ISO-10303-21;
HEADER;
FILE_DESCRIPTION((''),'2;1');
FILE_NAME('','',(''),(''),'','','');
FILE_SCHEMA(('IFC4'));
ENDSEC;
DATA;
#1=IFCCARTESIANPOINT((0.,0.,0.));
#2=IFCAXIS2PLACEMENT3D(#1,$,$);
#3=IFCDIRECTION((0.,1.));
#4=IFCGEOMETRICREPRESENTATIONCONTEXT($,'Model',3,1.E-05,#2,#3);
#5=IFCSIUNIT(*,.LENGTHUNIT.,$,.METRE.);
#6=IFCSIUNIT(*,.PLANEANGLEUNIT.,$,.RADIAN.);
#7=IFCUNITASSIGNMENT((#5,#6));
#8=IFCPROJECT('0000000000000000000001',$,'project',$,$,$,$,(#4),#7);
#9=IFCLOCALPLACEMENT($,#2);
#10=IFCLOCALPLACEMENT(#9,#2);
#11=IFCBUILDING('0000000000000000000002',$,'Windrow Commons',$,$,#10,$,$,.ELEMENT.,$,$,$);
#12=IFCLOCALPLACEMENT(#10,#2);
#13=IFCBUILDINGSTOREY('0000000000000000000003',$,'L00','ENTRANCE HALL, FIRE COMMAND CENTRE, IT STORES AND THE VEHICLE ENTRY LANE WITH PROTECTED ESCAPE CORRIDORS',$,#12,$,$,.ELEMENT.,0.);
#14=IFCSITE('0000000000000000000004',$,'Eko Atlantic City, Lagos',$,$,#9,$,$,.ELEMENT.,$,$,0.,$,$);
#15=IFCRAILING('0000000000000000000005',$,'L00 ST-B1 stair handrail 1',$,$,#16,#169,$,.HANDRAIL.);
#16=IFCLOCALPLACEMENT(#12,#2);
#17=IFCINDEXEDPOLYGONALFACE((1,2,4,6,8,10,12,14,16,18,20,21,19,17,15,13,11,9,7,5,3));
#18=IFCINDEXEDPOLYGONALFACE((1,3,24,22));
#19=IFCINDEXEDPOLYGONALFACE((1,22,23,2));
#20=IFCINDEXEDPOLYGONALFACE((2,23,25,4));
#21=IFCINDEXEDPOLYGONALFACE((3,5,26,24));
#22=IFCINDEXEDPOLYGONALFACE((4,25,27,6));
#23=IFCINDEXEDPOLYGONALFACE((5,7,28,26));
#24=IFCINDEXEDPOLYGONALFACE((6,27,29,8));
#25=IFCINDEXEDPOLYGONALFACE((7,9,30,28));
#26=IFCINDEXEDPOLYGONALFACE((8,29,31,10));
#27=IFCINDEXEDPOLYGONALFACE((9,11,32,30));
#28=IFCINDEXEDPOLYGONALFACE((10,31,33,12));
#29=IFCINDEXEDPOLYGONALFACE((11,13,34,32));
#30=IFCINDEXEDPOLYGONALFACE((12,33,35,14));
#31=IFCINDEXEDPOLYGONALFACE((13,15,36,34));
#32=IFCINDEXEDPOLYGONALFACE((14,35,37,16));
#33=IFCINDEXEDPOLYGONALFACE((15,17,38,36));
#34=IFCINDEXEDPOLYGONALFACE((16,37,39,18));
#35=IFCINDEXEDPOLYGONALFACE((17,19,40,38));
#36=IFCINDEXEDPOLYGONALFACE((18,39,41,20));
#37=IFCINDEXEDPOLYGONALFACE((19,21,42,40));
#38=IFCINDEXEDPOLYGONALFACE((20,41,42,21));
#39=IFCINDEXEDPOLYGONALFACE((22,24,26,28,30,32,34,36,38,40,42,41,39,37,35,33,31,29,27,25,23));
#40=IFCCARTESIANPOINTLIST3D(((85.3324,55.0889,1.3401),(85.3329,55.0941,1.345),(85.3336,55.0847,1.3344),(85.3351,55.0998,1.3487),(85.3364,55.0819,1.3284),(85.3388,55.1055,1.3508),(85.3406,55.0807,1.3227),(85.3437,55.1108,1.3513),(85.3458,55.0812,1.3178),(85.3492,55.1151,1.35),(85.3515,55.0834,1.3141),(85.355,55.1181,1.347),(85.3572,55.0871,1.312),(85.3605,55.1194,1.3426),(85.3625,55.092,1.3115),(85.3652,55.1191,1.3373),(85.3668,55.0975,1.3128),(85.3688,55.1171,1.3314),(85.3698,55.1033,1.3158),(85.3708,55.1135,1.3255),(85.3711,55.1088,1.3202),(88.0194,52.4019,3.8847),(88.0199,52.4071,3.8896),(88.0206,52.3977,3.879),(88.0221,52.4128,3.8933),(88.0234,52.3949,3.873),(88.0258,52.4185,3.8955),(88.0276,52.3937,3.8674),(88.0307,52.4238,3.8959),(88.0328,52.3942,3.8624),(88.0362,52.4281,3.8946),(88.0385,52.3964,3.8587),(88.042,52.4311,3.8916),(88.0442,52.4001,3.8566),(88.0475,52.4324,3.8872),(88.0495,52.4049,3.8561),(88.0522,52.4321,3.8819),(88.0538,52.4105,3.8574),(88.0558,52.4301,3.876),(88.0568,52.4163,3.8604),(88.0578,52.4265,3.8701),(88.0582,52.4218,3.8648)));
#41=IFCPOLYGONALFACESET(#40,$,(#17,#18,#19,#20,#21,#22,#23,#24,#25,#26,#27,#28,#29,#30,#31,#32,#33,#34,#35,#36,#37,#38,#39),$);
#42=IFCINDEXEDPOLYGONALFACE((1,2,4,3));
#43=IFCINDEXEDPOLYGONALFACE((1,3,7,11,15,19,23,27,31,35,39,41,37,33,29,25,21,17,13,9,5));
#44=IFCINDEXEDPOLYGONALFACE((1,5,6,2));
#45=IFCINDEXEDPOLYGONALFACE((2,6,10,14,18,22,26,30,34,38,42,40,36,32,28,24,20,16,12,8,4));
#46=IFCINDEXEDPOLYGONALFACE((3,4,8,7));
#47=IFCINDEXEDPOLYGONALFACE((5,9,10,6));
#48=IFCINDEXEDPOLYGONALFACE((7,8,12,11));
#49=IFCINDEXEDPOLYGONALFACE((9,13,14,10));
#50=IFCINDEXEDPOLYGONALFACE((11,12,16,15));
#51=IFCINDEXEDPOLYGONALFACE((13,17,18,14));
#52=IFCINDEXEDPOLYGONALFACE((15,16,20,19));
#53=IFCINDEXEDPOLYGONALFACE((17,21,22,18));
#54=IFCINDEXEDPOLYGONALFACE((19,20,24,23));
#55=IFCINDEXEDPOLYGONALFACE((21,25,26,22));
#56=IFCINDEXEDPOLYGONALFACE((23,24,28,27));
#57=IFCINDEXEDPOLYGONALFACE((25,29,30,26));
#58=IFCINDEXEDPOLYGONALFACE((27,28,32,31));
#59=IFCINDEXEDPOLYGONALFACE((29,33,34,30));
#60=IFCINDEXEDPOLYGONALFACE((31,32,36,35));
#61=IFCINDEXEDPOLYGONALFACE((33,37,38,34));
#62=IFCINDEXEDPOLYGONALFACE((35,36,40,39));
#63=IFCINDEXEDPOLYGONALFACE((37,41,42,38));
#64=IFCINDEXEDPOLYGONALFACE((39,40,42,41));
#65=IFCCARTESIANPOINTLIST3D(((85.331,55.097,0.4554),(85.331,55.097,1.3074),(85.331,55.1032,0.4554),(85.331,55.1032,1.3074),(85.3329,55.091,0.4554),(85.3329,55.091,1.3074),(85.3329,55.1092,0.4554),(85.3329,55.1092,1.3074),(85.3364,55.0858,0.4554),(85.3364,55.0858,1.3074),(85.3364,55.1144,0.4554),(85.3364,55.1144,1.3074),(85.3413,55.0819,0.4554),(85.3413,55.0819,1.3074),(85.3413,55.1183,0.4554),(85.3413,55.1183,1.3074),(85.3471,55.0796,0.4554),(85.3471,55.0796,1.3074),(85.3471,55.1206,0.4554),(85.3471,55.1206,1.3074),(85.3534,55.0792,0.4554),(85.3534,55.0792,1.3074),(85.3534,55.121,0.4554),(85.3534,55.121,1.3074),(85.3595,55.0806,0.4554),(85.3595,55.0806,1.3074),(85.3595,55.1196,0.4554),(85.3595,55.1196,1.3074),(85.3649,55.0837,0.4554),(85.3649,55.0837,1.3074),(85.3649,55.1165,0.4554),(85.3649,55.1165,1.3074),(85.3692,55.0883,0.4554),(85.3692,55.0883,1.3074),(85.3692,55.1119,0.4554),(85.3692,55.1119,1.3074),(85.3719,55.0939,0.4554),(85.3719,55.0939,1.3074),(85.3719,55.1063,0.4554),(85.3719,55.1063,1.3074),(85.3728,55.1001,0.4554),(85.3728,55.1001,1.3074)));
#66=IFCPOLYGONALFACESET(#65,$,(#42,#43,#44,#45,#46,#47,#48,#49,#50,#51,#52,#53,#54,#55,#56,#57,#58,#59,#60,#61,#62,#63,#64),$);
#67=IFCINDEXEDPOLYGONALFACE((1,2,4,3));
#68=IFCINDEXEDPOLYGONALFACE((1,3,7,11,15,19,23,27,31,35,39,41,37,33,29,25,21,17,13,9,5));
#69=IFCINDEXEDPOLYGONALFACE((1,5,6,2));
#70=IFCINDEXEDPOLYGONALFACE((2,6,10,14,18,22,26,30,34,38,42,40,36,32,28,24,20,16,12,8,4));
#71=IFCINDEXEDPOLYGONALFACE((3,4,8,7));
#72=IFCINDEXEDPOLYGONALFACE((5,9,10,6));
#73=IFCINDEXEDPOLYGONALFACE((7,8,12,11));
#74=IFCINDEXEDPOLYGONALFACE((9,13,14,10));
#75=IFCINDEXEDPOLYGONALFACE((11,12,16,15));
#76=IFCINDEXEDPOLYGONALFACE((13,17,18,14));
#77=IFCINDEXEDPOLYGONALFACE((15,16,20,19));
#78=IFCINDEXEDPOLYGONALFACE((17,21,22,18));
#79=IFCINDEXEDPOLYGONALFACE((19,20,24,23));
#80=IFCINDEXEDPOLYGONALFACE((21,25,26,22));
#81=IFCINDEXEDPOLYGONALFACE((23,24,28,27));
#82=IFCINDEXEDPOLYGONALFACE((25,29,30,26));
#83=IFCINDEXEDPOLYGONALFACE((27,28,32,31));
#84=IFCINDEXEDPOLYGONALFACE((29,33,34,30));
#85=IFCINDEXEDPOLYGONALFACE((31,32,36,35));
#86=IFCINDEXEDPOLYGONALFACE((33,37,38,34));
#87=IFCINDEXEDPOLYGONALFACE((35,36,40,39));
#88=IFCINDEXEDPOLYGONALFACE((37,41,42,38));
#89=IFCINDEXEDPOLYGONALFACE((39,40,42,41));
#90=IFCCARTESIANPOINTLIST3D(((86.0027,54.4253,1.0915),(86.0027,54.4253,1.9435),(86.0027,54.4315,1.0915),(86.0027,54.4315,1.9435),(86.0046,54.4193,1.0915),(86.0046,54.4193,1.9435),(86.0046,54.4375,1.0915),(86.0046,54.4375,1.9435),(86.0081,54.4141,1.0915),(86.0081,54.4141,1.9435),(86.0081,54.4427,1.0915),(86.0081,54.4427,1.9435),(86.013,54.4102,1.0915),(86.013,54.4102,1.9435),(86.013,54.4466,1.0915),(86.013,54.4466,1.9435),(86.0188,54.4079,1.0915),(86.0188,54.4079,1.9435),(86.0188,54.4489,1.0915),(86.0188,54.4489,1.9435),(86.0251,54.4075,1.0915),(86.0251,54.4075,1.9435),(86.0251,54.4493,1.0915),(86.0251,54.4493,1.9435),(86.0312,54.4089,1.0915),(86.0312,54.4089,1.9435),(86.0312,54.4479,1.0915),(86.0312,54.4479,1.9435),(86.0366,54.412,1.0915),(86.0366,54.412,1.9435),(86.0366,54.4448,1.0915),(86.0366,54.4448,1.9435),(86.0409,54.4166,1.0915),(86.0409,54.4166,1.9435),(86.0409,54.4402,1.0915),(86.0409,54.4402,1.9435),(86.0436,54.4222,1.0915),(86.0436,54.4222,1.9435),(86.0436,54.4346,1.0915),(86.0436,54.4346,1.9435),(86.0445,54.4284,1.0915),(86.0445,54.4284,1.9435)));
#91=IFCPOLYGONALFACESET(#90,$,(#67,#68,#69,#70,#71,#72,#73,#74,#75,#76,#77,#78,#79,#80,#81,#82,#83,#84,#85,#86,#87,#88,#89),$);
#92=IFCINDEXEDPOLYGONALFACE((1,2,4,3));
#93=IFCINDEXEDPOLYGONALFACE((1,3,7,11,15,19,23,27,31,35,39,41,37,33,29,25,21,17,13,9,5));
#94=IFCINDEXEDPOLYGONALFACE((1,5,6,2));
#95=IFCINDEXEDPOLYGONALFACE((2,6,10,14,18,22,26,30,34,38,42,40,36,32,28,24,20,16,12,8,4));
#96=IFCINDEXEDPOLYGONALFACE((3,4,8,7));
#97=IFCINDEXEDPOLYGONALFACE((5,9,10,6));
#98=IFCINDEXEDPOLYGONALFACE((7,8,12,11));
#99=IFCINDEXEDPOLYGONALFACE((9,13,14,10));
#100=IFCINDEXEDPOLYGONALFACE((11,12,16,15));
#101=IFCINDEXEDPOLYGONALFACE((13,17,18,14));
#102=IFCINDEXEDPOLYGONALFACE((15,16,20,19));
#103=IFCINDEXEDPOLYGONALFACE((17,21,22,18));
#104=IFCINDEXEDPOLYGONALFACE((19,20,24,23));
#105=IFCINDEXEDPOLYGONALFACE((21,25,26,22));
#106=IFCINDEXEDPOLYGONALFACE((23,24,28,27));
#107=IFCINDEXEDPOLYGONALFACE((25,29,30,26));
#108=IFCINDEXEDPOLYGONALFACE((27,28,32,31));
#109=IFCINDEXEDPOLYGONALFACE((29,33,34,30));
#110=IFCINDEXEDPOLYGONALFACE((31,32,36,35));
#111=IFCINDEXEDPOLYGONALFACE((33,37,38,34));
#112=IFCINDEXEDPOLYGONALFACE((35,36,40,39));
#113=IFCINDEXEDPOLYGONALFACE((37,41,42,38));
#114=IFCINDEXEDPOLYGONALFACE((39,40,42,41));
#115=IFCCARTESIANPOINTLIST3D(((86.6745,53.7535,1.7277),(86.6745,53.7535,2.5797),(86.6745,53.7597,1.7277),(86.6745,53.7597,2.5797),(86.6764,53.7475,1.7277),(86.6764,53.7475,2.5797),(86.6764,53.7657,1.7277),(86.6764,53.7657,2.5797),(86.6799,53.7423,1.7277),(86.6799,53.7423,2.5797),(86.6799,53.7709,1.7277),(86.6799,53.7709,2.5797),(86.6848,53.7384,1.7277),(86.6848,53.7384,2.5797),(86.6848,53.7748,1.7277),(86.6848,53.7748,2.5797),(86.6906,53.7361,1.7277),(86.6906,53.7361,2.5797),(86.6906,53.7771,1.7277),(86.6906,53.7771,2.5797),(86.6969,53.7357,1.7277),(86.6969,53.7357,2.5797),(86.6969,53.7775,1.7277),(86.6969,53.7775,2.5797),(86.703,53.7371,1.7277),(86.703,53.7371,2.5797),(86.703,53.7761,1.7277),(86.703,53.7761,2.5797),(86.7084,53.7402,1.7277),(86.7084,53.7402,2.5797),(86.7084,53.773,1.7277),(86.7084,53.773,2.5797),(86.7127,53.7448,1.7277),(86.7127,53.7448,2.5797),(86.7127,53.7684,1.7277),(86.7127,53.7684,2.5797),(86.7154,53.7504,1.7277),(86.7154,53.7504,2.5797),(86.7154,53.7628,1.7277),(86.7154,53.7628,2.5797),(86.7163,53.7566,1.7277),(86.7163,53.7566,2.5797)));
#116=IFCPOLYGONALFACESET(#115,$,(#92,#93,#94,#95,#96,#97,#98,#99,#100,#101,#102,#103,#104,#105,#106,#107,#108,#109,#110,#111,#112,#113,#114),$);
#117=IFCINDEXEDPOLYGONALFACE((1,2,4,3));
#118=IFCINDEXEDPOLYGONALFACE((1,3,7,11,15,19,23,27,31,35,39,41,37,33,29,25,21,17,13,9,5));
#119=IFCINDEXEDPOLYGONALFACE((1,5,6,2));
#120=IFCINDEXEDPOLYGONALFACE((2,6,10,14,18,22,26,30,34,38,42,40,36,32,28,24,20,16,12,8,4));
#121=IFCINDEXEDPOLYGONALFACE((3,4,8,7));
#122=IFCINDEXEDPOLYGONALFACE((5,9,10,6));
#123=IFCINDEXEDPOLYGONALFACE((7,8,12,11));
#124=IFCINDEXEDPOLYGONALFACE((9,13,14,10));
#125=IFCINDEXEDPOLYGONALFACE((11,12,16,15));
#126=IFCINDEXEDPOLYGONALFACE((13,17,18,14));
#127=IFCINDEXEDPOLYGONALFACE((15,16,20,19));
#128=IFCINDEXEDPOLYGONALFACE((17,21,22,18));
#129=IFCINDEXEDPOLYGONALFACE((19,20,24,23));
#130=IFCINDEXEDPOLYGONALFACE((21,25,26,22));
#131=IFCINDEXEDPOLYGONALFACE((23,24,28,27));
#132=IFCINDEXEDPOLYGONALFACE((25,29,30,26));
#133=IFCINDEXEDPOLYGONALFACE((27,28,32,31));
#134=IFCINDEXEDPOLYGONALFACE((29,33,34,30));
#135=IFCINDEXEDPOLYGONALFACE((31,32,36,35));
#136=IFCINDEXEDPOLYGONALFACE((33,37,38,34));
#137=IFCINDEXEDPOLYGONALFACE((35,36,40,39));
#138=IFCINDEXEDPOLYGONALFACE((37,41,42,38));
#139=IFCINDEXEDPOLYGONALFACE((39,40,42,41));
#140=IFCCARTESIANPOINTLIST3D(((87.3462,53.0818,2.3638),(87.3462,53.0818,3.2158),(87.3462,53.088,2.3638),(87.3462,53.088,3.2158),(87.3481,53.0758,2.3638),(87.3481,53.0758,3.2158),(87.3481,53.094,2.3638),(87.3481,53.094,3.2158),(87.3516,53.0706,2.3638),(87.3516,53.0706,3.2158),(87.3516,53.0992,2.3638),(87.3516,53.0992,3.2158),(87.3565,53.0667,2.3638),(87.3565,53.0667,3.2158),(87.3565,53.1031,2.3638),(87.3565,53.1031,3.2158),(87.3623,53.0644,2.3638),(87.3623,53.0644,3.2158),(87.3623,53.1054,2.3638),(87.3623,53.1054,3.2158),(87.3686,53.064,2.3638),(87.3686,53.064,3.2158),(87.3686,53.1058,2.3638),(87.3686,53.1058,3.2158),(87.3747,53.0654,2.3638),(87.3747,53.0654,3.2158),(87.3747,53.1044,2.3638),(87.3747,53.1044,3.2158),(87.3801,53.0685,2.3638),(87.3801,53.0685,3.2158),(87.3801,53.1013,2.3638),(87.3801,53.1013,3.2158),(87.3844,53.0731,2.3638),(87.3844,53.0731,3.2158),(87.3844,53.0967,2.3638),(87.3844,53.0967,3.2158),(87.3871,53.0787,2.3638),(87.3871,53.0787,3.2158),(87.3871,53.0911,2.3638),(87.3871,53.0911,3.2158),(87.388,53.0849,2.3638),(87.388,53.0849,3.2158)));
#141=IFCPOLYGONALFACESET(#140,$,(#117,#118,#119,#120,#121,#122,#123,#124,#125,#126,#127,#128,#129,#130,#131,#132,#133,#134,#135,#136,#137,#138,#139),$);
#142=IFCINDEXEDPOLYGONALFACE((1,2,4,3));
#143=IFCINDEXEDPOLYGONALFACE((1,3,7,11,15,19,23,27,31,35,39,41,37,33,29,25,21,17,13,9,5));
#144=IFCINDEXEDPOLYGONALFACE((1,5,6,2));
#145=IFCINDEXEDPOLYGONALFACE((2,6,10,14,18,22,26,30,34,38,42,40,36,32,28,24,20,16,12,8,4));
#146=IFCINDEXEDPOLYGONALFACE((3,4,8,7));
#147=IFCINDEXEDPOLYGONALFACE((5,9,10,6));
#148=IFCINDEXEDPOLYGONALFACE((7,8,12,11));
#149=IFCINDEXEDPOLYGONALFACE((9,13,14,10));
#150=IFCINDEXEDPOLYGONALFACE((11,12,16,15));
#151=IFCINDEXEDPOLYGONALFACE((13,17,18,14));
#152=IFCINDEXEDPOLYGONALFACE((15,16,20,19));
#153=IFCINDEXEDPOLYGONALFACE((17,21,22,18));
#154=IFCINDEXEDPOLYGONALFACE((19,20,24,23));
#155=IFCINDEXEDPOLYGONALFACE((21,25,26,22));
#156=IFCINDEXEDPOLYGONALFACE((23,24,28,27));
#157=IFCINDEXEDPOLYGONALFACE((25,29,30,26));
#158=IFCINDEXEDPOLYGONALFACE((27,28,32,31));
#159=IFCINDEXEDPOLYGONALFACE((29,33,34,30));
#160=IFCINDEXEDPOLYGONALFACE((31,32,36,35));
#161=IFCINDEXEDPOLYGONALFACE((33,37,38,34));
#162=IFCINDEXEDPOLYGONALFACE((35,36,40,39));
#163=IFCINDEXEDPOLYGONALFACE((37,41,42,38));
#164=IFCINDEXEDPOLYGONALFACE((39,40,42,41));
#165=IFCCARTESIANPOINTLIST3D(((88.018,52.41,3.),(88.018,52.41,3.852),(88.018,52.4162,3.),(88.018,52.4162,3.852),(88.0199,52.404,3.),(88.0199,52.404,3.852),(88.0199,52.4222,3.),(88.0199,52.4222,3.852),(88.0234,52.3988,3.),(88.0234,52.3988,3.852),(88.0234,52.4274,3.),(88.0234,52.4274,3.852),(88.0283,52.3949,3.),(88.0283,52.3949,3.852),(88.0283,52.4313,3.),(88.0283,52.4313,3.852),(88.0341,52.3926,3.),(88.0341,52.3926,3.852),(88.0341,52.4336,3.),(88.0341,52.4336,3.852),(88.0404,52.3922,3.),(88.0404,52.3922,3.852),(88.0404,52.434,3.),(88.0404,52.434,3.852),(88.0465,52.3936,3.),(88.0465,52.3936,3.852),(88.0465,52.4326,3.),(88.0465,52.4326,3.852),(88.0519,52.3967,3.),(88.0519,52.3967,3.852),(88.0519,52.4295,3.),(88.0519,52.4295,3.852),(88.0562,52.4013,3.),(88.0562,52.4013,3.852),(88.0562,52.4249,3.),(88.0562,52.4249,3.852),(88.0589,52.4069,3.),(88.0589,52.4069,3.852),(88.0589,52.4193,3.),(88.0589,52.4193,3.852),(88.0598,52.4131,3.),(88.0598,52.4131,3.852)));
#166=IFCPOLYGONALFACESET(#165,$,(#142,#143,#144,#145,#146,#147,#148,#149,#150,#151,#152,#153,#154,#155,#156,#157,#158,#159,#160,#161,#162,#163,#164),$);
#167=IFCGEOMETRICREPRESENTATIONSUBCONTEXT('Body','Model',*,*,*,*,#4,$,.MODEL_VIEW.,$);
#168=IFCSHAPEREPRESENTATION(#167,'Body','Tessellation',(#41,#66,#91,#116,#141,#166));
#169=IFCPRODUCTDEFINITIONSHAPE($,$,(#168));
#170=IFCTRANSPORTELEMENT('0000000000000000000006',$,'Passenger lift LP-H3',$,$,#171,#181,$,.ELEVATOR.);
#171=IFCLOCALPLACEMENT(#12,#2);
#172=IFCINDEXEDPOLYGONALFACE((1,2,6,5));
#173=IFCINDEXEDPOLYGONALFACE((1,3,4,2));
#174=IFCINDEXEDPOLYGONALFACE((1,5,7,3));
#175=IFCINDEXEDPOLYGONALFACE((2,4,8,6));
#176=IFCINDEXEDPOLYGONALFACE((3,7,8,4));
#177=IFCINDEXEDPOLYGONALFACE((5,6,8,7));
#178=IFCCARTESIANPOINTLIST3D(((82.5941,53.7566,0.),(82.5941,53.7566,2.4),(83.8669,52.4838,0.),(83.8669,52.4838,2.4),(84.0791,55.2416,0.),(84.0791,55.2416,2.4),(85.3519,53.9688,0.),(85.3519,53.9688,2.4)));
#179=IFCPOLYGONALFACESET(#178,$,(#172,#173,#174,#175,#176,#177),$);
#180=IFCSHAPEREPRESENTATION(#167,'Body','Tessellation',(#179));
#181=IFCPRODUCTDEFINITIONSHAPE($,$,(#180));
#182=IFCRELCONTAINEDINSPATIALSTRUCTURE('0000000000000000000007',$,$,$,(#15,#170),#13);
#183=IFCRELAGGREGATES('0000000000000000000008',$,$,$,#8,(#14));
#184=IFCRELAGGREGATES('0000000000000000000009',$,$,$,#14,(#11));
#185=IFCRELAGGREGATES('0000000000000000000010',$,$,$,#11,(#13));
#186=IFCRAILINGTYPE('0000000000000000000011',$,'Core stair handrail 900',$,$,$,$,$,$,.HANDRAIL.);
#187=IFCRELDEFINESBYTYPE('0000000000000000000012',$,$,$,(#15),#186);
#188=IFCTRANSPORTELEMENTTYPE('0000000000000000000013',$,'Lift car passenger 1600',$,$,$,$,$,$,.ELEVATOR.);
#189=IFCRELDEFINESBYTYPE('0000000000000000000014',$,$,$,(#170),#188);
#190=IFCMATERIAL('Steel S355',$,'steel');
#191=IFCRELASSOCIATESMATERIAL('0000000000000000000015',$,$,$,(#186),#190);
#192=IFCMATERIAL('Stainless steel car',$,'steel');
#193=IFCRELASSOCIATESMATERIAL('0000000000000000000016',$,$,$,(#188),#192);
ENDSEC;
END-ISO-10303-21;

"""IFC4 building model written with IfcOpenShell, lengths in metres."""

from ifc_helpers import new_model, si_unit, direction, frame, origin, origin_2d, place, context, subcontext, project, spatial, rectangle, circle, extrude, material, type_object, element, save


model = new_model("IFC4")

# Units and contexts
model_context = context("Model", 3, precision=1e-05, world=origin(), true_north=direction((0.0, 1.0)))
body_context = subcontext(model_context, "Body", "Model", "MODEL_VIEW")
ifc_project = project(units=[si_unit("LENGTHUNIT", "METRE"), si_unit("PLANEANGLEUNIT", "RADIAN")], contexts=[model_context])

# Site, building, storey
site_placement = place(None, origin())
site = spatial("IfcSite", under=ifc_project, at=site_placement, Name="Eko Atlantic City, Lagos", CompositionType="ELEMENT", RefElevation=0.0)
building_placement = place(site_placement, origin())
building = spatial("IfcBuilding", under=site, at=building_placement, Name="Windrow Commons", CompositionType="ELEMENT")
storey_placement = place(building_placement, origin())
storey = spatial("IfcBuildingStorey", under=building, at=storey_placement, Name="L00", Description="ENTRANCE HALL, FIRE COMMAND CENTRE, IT STORES AND THE VEHICLE ENTRY LANE WITH PROTECTED ESCAPE CORRIDORS", CompositionType="ELEMENT", Elevation=0.0)

# Railing
ifc_material_1 = material(Name="Steel S355", Category="steel")
railing_type_1 = type_object("IfcRailingType", Name="Core stair handrail 900", PredefinedType="HANDRAIL", material=ifc_material_1)
railing_1_placement = place(storey_placement, frame((85.3518, 55.1001, 0.4554)))
element("IfcRailing", 1, at=railing_1_placement, inside=storey, type_object=railing_type_1, Name="L00 ST-B1 stair handrail 1", PredefinedType="HANDRAIL", context=body_context, shape_type="SweptSolid", body=[
    extrude(circle(Radius=0.024, at=origin_2d()), frame((0.0, 0.0, 0.876), z_axis=(0.587543, -0.587543, 0.556405), x_axis=(0.707107, 0.707107, 0.0)), (0.0, 0.0, 1.0), 4.5733),
    extrude(circle(Radius=0.021, at=origin_2d()), origin(), (0.0, 0.0, 1.0), 0.852),
    extrude(circle(Radius=0.021, at=origin_2d()), frame((0.6717, -0.6717, 0.6361)), (0.0, 0.0, 1.0), 0.852),
    extrude(circle(Radius=0.021, at=origin_2d()), frame((1.3435, -1.3435, 1.2723)), (0.0, 0.0, 1.0), 0.852),
    extrude(circle(Radius=0.021, at=origin_2d()), frame((2.0152, -2.0152, 1.9084)), (0.0, 0.0, 1.0), 0.852),
    extrude(circle(Radius=0.021, at=origin_2d()), frame((2.687, -2.687, 2.5446)), (0.0, 0.0, 1.0), 0.852),
])

# Transport element
ifc_material_2 = material(Name="Stainless steel car", Category="steel")
transport_element_type = type_object("IfcTransportElementType", Name="Lift car passenger 1600", PredefinedType="ELEVATOR", material=ifc_material_2)
transport_element_placement = place(storey_placement, frame((83.973, 53.8627, 0.0), z_axis=(0.0, 0.0, 1.0), x_axis=(0.707107, -0.707107, 0.0)))
element("IfcTransportElement", 2, at=transport_element_placement, inside=storey, type_object=transport_element_type, Name="Passenger lift LP-H3", PredefinedType="ELEVATOR", context=body_context, shape_type="SweptSolid", body=[
    extrude(rectangle(XDim=1.8, YDim=2.1, at=origin_2d()), origin(), (0.0, 0.0, 1.0), 2.4),
])

save(model, "model.ifc")
